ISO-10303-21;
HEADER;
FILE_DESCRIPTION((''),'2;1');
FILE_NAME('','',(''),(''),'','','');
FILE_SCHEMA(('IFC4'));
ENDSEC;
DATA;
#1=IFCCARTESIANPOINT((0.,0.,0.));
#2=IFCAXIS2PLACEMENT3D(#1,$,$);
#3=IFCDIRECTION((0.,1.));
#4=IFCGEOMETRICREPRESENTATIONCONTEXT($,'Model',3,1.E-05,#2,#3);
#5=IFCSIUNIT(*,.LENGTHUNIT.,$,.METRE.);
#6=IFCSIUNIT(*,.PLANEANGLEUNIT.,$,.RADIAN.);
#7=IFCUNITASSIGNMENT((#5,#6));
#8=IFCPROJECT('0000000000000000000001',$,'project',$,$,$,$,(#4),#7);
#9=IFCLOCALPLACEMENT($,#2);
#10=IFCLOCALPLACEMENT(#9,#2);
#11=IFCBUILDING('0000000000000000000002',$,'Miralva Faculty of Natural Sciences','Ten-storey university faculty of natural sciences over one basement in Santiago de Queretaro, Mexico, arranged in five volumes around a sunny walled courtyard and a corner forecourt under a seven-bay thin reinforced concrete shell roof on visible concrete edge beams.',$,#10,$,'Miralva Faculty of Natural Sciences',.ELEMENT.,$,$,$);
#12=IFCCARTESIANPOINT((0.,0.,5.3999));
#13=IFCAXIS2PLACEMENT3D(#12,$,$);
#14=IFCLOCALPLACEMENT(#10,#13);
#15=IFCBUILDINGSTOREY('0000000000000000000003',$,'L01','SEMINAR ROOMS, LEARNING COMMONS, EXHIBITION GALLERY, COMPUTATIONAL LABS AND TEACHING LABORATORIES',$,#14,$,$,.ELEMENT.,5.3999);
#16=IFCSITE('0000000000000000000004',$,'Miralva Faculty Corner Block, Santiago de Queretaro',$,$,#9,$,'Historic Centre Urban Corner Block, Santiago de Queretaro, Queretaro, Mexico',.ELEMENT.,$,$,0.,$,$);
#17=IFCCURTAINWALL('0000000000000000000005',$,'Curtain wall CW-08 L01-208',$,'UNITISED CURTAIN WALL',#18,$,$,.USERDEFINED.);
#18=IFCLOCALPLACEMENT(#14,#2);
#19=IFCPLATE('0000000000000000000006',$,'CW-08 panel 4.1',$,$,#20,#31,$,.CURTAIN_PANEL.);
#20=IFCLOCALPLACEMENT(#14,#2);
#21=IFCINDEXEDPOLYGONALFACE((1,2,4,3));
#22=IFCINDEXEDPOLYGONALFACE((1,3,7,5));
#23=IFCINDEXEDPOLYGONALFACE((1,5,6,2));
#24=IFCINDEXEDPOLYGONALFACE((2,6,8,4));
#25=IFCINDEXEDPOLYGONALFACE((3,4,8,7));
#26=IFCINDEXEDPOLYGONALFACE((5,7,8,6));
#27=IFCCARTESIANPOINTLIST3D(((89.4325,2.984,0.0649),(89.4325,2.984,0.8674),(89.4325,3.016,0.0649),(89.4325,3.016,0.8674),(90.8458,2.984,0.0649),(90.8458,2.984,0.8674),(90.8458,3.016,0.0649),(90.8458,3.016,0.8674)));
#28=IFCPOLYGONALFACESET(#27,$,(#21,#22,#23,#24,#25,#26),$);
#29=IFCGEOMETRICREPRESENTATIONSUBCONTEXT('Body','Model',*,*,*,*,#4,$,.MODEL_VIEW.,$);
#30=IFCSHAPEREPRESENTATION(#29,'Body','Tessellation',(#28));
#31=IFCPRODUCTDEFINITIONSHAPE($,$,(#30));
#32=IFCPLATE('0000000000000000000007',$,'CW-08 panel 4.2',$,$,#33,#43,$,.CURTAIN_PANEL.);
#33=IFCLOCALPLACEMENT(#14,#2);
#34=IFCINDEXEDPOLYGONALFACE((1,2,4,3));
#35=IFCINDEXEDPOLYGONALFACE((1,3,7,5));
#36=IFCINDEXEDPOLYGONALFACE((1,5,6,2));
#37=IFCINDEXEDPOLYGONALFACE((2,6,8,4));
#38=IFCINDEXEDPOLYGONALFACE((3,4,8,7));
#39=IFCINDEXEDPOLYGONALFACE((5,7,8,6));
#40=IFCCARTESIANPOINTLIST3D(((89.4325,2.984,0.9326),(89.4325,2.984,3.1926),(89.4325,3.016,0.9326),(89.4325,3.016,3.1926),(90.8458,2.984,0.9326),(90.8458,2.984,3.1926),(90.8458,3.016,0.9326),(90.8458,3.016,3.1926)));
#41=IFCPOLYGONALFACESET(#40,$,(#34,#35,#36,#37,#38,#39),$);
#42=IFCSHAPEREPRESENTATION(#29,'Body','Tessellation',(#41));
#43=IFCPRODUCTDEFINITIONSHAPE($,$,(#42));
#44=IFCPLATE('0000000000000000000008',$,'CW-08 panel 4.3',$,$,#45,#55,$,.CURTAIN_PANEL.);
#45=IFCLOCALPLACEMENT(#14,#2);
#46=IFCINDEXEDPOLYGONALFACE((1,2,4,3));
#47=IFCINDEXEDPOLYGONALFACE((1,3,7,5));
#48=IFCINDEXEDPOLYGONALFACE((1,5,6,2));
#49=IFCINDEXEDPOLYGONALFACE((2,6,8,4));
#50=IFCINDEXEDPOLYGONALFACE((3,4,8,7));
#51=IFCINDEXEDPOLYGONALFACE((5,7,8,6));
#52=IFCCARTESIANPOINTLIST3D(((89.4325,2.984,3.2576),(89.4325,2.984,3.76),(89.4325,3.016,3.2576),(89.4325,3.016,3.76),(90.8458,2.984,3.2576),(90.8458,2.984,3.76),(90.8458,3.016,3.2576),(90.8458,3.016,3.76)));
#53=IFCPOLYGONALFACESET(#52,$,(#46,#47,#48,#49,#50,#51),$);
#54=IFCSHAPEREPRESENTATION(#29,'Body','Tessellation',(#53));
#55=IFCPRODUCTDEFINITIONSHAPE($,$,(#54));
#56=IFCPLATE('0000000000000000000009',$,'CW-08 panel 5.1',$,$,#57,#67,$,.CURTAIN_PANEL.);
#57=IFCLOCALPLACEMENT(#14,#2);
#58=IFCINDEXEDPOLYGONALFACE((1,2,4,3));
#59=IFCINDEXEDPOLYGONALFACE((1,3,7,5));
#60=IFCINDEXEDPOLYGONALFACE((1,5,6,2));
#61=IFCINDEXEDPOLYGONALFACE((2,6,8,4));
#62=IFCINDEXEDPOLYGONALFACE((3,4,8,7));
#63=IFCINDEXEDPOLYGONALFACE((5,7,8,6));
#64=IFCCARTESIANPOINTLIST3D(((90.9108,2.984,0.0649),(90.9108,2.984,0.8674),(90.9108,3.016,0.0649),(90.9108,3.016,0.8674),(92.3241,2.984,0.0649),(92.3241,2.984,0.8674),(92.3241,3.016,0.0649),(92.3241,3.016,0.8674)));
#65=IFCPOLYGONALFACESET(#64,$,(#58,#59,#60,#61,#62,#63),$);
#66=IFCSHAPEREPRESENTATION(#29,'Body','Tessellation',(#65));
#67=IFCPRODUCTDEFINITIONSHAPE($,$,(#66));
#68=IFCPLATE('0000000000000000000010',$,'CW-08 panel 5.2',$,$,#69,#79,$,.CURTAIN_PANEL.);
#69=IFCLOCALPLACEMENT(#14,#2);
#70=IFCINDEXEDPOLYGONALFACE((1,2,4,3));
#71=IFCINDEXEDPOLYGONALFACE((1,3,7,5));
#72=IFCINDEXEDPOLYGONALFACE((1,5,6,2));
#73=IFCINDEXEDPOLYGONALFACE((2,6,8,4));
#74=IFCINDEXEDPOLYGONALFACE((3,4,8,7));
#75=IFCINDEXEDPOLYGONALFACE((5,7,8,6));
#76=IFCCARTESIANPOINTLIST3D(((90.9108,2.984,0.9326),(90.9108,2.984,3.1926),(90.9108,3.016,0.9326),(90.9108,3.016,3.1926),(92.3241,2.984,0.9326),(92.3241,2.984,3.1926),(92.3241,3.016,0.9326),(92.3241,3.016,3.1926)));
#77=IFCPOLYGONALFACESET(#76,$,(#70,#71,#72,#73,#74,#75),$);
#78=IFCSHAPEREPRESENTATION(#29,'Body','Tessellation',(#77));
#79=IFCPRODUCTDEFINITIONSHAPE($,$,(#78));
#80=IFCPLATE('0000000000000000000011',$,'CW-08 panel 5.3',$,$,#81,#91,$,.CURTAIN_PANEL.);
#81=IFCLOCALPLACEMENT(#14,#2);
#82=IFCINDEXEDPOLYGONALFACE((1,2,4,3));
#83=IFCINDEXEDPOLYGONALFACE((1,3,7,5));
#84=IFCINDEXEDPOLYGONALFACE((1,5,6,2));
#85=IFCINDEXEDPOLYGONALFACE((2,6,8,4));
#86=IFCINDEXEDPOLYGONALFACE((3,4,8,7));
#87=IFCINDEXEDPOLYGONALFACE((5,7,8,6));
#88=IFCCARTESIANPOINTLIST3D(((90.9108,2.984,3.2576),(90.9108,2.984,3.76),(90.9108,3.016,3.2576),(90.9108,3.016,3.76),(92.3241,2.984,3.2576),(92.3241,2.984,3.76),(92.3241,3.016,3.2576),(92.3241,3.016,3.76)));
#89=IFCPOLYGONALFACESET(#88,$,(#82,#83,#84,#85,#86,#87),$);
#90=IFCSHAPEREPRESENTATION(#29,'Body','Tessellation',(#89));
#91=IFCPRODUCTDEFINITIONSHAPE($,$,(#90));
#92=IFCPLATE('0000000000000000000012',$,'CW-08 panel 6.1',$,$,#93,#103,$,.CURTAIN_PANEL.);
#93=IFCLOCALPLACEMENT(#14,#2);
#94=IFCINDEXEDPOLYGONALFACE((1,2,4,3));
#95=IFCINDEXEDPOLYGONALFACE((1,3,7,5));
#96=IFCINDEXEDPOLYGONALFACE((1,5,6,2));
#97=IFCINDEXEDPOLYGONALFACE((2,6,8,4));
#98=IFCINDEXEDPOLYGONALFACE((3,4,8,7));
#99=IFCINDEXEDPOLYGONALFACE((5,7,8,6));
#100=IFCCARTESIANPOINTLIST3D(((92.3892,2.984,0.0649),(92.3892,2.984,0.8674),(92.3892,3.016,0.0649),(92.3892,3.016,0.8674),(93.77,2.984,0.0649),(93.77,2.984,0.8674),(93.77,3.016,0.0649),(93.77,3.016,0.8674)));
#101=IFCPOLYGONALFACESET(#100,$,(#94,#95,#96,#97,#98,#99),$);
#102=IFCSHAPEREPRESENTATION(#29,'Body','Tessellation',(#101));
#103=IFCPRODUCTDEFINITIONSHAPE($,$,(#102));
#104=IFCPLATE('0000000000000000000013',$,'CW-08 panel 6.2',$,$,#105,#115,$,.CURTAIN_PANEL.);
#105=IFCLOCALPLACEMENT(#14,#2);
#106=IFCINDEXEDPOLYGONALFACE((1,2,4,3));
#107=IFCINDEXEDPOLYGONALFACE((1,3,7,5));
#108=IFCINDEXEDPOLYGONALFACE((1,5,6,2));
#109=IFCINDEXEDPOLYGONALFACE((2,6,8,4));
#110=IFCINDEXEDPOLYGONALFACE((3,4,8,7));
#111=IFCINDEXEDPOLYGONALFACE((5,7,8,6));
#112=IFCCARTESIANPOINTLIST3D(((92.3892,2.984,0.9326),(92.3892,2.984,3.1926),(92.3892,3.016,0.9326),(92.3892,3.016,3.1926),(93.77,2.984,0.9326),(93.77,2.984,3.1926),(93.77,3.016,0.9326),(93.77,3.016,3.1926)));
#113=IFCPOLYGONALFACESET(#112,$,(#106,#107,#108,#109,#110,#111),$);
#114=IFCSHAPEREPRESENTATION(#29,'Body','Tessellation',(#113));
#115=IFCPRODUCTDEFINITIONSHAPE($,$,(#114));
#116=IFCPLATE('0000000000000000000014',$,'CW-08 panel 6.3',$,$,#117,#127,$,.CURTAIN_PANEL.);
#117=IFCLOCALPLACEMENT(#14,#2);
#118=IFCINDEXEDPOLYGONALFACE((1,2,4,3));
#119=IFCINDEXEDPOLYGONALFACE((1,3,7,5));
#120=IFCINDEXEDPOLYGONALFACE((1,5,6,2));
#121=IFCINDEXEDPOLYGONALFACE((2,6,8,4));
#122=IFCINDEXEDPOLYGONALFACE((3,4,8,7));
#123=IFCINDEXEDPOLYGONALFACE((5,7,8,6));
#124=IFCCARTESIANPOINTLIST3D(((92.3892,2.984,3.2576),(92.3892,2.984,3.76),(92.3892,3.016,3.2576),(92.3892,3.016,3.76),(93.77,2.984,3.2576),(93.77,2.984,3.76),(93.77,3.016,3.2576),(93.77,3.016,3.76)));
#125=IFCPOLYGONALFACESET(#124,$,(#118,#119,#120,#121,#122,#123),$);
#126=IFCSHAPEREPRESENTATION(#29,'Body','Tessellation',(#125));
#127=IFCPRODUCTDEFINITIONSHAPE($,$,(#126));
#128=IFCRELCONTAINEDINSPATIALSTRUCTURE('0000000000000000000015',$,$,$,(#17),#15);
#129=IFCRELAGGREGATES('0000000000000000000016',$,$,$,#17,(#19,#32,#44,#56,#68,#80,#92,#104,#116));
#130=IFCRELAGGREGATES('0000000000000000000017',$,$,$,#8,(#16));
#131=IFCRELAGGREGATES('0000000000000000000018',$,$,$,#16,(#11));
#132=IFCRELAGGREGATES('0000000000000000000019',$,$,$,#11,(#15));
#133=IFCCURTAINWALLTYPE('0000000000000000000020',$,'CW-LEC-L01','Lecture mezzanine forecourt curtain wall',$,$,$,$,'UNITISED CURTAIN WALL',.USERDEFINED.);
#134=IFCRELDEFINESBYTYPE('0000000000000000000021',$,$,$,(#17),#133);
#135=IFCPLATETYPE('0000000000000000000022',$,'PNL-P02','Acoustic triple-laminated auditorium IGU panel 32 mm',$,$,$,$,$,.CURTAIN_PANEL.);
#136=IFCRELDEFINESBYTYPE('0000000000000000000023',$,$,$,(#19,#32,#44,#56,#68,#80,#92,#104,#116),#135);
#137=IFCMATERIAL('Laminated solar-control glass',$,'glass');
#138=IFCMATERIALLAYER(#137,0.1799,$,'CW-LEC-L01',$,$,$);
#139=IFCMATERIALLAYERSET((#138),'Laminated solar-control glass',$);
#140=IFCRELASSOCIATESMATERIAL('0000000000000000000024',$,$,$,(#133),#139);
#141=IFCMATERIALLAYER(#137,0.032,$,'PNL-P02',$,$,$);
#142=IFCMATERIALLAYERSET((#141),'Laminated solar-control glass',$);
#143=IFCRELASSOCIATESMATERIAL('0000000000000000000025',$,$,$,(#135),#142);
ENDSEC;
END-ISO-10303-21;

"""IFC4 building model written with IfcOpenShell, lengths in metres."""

from ifc_helpers import new_model, si_unit, direction, frame, origin, origin_2d, place, context, subcontext, project, spatial, rectangle, extrude, material, layer, layer_set, type_object, element, aggregate, save


model = new_model("IFC4")

# Units and contexts
model_context = context("Model", 3, precision=1e-05, world=origin(), true_north=direction((0.0, 1.0)))
body_context = subcontext(model_context, "Body", "Model", "MODEL_VIEW")
ifc_project = project(units=[si_unit("LENGTHUNIT", "METRE"), si_unit("PLANEANGLEUNIT", "RADIAN")], contexts=[model_context])

# Site, building, storey
site_placement = place(None, origin())
site = spatial("IfcSite", under=ifc_project, at=site_placement, Name="Miralva Faculty Corner Block, Santiago de Queretaro", LongName="Historic Centre Urban Corner Block, Santiago de Queretaro, Queretaro, Mexico", CompositionType="ELEMENT", RefElevation=0.0)
building_placement = place(site_placement, origin())
building = spatial("IfcBuilding", under=site, at=building_placement, Name="Miralva Faculty of Natural Sciences", Description="Ten-storey university faculty of natural sciences over one basement in Santiago de Queretaro, Mexico, arranged in five volumes around a sunny walled courtyard and a corner forecourt under a seven-bay thin reinforced concrete shell roof on visible concrete edge beams.", LongName="Miralva Faculty of Natural Sciences", CompositionType="ELEMENT")
storey_placement = place(building_placement, frame((0.0, 0.0, 5.3999)))
storey = spatial("IfcBuildingStorey", under=building, at=storey_placement, Name="L01", Description="SEMINAR ROOMS, LEARNING COMMONS, EXHIBITION GALLERY, COMPUTATIONAL LABS AND TEACHING LABORATORIES", CompositionType="ELEMENT", Elevation=5.3999)

# Curtain wall
ifc_material_1 = material(Name="Laminated solar-control glass", Category="glass")
ifc_layer_1 = layer(ifc_material_1, 0.1799, Name="CW-LEC-L01")
ifc_layer_set_1 = layer_set([ifc_layer_1], Name="Laminated solar-control glass")
curtain_wall_type = type_object("IfcCurtainWallType", Name="CW-LEC-L01", Description="Lecture mezzanine forecourt curtain wall", ElementType="UNITISED CURTAIN WALL", PredefinedType="USERDEFINED", material=ifc_layer_set_1)
curtain_wall_1_placement = place(storey_placement, origin())
curtain_wall_1 = element("IfcCurtainWall", 1, at=curtain_wall_1_placement, inside=storey, type_object=curtain_wall_type, Name="Curtain wall CW-08 L01-208", ObjectType="UNITISED CURTAIN WALL", PredefinedType="USERDEFINED")

# Plates
ifc_layer_2 = layer(ifc_material_1, 0.032, Name="PNL-P02")
ifc_layer_set_2 = layer_set([ifc_layer_2], Name="Laminated solar-control glass")
plate_type = type_object("IfcPlateType", Name="PNL-P02", Description="Acoustic triple-laminated auditorium IGU panel 32 mm", PredefinedType="CURTAIN_PANEL", material=ifc_layer_set_2)
plate_1_placement = place(storey_placement, frame((90.1392, 3.0, 0.0649), z_axis=(0.0, 0.0, 1.0), x_axis=(1.0, 0.0, 0.0)))
plate_1 = element("IfcPlate", 2, at=plate_1_placement, type_object=plate_type, Name="CW-08 panel 4.1", PredefinedType="CURTAIN_PANEL", context=body_context, shape_type="SweptSolid", body=[
    extrude(rectangle(XDim=1.4133, YDim=0.032, at=origin_2d()), origin(), (0.0, 0.0, 1.0), 0.8025),
])
plate_2_placement = place(storey_placement, frame((90.1392, 3.0, 0.9326), z_axis=(0.0, 0.0, 1.0), x_axis=(1.0, 0.0, 0.0)))
plate_2 = element("IfcPlate", 3, at=plate_2_placement, type_object=plate_type, Name="CW-08 panel 4.2", PredefinedType="CURTAIN_PANEL", context=body_context, shape_type="SweptSolid", body=[
    extrude(rectangle(XDim=1.4133, YDim=0.032, at=origin_2d()), origin(), (0.0, 0.0, 1.0), 2.26),
])
plate_3_placement = place(storey_placement, frame((90.1392, 3.0, 3.2576), z_axis=(0.0, 0.0, 1.0), x_axis=(1.0, 0.0, 0.0)))
plate_3 = element("IfcPlate", 4, at=plate_3_placement, type_object=plate_type, Name="CW-08 panel 4.3", PredefinedType="CURTAIN_PANEL", context=body_context, shape_type="SweptSolid", body=[
    extrude(rectangle(XDim=1.4133, YDim=0.032, at=origin_2d()), origin(), (0.0, 0.0, 1.0), 0.5024),
])
plate_4_placement = place(storey_placement, frame((91.6174, 3.0, 0.0649), z_axis=(0.0, 0.0, 1.0), x_axis=(1.0, 0.0, 0.0)))
plate_4 = element("IfcPlate", 5, at=plate_4_placement, type_object=plate_type, Name="CW-08 panel 5.1", PredefinedType="CURTAIN_PANEL", context=body_context, shape_type="SweptSolid", body=[
    extrude(rectangle(XDim=1.4133, YDim=0.032, at=origin_2d()), origin(), (0.0, 0.0, 1.0), 0.8025),
])
plate_5_placement = place(storey_placement, frame((91.6174, 3.0, 0.9326), z_axis=(0.0, 0.0, 1.0), x_axis=(1.0, 0.0, 0.0)))
plate_5 = element("IfcPlate", 6, at=plate_5_placement, type_object=plate_type, Name="CW-08 panel 5.2", PredefinedType="CURTAIN_PANEL", context=body_context, shape_type="SweptSolid", body=[
    extrude(rectangle(XDim=1.4133, YDim=0.032, at=origin_2d()), origin(), (0.0, 0.0, 1.0), 2.26),
])
plate_6_placement = place(storey_placement, frame((91.6174, 3.0, 3.2576), z_axis=(0.0, 0.0, 1.0), x_axis=(1.0, 0.0, 0.0)))
plate_6 = element("IfcPlate", 7, at=plate_6_placement, type_object=plate_type, Name="CW-08 panel 5.3", PredefinedType="CURTAIN_PANEL", context=body_context, shape_type="SweptSolid", body=[
    extrude(rectangle(XDim=1.4133, YDim=0.032, at=origin_2d()), origin(), (0.0, 0.0, 1.0), 0.5024),
])
plate_7_placement = place(storey_placement, frame((93.0796, 3.0, 0.0649), z_axis=(0.0, 0.0, 1.0), x_axis=(1.0, 0.0, 0.0)))
plate_7 = element("IfcPlate", 8, at=plate_7_placement, type_object=plate_type, Name="CW-08 panel 6.1", PredefinedType="CURTAIN_PANEL", context=body_context, shape_type="SweptSolid", body=[
    extrude(rectangle(XDim=1.3809, YDim=0.032, at=origin_2d()), origin(), (0.0, 0.0, 1.0), 0.8025),
])
plate_8_placement = place(storey_placement, frame((93.0796, 3.0, 0.9326), z_axis=(0.0, 0.0, 1.0), x_axis=(1.0, 0.0, 0.0)))
plate_8 = element("IfcPlate", 9, at=plate_8_placement, type_object=plate_type, Name="CW-08 panel 6.2", PredefinedType="CURTAIN_PANEL", context=body_context, shape_type="SweptSolid", body=[
    extrude(rectangle(XDim=1.3809, YDim=0.032, at=origin_2d()), origin(), (0.0, 0.0, 1.0), 2.26),
])
plate_9_placement = place(storey_placement, frame((93.0796, 3.0, 3.2576), z_axis=(0.0, 0.0, 1.0), x_axis=(1.0, 0.0, 0.0)))
plate_9 = element("IfcPlate", 10, at=plate_9_placement, type_object=plate_type, Name="CW-08 panel 6.3", PredefinedType="CURTAIN_PANEL", context=body_context, shape_type="SweptSolid", body=[
    extrude(rectangle(XDim=1.3809, YDim=0.032, at=origin_2d()), origin(), (0.0, 0.0, 1.0), 0.5024),
])
aggregate(curtain_wall_1, [plate_1, plate_2, plate_3, plate_4, plate_5, plate_6, plate_7, plate_8, plate_9])

save(model, "model.ifc")
